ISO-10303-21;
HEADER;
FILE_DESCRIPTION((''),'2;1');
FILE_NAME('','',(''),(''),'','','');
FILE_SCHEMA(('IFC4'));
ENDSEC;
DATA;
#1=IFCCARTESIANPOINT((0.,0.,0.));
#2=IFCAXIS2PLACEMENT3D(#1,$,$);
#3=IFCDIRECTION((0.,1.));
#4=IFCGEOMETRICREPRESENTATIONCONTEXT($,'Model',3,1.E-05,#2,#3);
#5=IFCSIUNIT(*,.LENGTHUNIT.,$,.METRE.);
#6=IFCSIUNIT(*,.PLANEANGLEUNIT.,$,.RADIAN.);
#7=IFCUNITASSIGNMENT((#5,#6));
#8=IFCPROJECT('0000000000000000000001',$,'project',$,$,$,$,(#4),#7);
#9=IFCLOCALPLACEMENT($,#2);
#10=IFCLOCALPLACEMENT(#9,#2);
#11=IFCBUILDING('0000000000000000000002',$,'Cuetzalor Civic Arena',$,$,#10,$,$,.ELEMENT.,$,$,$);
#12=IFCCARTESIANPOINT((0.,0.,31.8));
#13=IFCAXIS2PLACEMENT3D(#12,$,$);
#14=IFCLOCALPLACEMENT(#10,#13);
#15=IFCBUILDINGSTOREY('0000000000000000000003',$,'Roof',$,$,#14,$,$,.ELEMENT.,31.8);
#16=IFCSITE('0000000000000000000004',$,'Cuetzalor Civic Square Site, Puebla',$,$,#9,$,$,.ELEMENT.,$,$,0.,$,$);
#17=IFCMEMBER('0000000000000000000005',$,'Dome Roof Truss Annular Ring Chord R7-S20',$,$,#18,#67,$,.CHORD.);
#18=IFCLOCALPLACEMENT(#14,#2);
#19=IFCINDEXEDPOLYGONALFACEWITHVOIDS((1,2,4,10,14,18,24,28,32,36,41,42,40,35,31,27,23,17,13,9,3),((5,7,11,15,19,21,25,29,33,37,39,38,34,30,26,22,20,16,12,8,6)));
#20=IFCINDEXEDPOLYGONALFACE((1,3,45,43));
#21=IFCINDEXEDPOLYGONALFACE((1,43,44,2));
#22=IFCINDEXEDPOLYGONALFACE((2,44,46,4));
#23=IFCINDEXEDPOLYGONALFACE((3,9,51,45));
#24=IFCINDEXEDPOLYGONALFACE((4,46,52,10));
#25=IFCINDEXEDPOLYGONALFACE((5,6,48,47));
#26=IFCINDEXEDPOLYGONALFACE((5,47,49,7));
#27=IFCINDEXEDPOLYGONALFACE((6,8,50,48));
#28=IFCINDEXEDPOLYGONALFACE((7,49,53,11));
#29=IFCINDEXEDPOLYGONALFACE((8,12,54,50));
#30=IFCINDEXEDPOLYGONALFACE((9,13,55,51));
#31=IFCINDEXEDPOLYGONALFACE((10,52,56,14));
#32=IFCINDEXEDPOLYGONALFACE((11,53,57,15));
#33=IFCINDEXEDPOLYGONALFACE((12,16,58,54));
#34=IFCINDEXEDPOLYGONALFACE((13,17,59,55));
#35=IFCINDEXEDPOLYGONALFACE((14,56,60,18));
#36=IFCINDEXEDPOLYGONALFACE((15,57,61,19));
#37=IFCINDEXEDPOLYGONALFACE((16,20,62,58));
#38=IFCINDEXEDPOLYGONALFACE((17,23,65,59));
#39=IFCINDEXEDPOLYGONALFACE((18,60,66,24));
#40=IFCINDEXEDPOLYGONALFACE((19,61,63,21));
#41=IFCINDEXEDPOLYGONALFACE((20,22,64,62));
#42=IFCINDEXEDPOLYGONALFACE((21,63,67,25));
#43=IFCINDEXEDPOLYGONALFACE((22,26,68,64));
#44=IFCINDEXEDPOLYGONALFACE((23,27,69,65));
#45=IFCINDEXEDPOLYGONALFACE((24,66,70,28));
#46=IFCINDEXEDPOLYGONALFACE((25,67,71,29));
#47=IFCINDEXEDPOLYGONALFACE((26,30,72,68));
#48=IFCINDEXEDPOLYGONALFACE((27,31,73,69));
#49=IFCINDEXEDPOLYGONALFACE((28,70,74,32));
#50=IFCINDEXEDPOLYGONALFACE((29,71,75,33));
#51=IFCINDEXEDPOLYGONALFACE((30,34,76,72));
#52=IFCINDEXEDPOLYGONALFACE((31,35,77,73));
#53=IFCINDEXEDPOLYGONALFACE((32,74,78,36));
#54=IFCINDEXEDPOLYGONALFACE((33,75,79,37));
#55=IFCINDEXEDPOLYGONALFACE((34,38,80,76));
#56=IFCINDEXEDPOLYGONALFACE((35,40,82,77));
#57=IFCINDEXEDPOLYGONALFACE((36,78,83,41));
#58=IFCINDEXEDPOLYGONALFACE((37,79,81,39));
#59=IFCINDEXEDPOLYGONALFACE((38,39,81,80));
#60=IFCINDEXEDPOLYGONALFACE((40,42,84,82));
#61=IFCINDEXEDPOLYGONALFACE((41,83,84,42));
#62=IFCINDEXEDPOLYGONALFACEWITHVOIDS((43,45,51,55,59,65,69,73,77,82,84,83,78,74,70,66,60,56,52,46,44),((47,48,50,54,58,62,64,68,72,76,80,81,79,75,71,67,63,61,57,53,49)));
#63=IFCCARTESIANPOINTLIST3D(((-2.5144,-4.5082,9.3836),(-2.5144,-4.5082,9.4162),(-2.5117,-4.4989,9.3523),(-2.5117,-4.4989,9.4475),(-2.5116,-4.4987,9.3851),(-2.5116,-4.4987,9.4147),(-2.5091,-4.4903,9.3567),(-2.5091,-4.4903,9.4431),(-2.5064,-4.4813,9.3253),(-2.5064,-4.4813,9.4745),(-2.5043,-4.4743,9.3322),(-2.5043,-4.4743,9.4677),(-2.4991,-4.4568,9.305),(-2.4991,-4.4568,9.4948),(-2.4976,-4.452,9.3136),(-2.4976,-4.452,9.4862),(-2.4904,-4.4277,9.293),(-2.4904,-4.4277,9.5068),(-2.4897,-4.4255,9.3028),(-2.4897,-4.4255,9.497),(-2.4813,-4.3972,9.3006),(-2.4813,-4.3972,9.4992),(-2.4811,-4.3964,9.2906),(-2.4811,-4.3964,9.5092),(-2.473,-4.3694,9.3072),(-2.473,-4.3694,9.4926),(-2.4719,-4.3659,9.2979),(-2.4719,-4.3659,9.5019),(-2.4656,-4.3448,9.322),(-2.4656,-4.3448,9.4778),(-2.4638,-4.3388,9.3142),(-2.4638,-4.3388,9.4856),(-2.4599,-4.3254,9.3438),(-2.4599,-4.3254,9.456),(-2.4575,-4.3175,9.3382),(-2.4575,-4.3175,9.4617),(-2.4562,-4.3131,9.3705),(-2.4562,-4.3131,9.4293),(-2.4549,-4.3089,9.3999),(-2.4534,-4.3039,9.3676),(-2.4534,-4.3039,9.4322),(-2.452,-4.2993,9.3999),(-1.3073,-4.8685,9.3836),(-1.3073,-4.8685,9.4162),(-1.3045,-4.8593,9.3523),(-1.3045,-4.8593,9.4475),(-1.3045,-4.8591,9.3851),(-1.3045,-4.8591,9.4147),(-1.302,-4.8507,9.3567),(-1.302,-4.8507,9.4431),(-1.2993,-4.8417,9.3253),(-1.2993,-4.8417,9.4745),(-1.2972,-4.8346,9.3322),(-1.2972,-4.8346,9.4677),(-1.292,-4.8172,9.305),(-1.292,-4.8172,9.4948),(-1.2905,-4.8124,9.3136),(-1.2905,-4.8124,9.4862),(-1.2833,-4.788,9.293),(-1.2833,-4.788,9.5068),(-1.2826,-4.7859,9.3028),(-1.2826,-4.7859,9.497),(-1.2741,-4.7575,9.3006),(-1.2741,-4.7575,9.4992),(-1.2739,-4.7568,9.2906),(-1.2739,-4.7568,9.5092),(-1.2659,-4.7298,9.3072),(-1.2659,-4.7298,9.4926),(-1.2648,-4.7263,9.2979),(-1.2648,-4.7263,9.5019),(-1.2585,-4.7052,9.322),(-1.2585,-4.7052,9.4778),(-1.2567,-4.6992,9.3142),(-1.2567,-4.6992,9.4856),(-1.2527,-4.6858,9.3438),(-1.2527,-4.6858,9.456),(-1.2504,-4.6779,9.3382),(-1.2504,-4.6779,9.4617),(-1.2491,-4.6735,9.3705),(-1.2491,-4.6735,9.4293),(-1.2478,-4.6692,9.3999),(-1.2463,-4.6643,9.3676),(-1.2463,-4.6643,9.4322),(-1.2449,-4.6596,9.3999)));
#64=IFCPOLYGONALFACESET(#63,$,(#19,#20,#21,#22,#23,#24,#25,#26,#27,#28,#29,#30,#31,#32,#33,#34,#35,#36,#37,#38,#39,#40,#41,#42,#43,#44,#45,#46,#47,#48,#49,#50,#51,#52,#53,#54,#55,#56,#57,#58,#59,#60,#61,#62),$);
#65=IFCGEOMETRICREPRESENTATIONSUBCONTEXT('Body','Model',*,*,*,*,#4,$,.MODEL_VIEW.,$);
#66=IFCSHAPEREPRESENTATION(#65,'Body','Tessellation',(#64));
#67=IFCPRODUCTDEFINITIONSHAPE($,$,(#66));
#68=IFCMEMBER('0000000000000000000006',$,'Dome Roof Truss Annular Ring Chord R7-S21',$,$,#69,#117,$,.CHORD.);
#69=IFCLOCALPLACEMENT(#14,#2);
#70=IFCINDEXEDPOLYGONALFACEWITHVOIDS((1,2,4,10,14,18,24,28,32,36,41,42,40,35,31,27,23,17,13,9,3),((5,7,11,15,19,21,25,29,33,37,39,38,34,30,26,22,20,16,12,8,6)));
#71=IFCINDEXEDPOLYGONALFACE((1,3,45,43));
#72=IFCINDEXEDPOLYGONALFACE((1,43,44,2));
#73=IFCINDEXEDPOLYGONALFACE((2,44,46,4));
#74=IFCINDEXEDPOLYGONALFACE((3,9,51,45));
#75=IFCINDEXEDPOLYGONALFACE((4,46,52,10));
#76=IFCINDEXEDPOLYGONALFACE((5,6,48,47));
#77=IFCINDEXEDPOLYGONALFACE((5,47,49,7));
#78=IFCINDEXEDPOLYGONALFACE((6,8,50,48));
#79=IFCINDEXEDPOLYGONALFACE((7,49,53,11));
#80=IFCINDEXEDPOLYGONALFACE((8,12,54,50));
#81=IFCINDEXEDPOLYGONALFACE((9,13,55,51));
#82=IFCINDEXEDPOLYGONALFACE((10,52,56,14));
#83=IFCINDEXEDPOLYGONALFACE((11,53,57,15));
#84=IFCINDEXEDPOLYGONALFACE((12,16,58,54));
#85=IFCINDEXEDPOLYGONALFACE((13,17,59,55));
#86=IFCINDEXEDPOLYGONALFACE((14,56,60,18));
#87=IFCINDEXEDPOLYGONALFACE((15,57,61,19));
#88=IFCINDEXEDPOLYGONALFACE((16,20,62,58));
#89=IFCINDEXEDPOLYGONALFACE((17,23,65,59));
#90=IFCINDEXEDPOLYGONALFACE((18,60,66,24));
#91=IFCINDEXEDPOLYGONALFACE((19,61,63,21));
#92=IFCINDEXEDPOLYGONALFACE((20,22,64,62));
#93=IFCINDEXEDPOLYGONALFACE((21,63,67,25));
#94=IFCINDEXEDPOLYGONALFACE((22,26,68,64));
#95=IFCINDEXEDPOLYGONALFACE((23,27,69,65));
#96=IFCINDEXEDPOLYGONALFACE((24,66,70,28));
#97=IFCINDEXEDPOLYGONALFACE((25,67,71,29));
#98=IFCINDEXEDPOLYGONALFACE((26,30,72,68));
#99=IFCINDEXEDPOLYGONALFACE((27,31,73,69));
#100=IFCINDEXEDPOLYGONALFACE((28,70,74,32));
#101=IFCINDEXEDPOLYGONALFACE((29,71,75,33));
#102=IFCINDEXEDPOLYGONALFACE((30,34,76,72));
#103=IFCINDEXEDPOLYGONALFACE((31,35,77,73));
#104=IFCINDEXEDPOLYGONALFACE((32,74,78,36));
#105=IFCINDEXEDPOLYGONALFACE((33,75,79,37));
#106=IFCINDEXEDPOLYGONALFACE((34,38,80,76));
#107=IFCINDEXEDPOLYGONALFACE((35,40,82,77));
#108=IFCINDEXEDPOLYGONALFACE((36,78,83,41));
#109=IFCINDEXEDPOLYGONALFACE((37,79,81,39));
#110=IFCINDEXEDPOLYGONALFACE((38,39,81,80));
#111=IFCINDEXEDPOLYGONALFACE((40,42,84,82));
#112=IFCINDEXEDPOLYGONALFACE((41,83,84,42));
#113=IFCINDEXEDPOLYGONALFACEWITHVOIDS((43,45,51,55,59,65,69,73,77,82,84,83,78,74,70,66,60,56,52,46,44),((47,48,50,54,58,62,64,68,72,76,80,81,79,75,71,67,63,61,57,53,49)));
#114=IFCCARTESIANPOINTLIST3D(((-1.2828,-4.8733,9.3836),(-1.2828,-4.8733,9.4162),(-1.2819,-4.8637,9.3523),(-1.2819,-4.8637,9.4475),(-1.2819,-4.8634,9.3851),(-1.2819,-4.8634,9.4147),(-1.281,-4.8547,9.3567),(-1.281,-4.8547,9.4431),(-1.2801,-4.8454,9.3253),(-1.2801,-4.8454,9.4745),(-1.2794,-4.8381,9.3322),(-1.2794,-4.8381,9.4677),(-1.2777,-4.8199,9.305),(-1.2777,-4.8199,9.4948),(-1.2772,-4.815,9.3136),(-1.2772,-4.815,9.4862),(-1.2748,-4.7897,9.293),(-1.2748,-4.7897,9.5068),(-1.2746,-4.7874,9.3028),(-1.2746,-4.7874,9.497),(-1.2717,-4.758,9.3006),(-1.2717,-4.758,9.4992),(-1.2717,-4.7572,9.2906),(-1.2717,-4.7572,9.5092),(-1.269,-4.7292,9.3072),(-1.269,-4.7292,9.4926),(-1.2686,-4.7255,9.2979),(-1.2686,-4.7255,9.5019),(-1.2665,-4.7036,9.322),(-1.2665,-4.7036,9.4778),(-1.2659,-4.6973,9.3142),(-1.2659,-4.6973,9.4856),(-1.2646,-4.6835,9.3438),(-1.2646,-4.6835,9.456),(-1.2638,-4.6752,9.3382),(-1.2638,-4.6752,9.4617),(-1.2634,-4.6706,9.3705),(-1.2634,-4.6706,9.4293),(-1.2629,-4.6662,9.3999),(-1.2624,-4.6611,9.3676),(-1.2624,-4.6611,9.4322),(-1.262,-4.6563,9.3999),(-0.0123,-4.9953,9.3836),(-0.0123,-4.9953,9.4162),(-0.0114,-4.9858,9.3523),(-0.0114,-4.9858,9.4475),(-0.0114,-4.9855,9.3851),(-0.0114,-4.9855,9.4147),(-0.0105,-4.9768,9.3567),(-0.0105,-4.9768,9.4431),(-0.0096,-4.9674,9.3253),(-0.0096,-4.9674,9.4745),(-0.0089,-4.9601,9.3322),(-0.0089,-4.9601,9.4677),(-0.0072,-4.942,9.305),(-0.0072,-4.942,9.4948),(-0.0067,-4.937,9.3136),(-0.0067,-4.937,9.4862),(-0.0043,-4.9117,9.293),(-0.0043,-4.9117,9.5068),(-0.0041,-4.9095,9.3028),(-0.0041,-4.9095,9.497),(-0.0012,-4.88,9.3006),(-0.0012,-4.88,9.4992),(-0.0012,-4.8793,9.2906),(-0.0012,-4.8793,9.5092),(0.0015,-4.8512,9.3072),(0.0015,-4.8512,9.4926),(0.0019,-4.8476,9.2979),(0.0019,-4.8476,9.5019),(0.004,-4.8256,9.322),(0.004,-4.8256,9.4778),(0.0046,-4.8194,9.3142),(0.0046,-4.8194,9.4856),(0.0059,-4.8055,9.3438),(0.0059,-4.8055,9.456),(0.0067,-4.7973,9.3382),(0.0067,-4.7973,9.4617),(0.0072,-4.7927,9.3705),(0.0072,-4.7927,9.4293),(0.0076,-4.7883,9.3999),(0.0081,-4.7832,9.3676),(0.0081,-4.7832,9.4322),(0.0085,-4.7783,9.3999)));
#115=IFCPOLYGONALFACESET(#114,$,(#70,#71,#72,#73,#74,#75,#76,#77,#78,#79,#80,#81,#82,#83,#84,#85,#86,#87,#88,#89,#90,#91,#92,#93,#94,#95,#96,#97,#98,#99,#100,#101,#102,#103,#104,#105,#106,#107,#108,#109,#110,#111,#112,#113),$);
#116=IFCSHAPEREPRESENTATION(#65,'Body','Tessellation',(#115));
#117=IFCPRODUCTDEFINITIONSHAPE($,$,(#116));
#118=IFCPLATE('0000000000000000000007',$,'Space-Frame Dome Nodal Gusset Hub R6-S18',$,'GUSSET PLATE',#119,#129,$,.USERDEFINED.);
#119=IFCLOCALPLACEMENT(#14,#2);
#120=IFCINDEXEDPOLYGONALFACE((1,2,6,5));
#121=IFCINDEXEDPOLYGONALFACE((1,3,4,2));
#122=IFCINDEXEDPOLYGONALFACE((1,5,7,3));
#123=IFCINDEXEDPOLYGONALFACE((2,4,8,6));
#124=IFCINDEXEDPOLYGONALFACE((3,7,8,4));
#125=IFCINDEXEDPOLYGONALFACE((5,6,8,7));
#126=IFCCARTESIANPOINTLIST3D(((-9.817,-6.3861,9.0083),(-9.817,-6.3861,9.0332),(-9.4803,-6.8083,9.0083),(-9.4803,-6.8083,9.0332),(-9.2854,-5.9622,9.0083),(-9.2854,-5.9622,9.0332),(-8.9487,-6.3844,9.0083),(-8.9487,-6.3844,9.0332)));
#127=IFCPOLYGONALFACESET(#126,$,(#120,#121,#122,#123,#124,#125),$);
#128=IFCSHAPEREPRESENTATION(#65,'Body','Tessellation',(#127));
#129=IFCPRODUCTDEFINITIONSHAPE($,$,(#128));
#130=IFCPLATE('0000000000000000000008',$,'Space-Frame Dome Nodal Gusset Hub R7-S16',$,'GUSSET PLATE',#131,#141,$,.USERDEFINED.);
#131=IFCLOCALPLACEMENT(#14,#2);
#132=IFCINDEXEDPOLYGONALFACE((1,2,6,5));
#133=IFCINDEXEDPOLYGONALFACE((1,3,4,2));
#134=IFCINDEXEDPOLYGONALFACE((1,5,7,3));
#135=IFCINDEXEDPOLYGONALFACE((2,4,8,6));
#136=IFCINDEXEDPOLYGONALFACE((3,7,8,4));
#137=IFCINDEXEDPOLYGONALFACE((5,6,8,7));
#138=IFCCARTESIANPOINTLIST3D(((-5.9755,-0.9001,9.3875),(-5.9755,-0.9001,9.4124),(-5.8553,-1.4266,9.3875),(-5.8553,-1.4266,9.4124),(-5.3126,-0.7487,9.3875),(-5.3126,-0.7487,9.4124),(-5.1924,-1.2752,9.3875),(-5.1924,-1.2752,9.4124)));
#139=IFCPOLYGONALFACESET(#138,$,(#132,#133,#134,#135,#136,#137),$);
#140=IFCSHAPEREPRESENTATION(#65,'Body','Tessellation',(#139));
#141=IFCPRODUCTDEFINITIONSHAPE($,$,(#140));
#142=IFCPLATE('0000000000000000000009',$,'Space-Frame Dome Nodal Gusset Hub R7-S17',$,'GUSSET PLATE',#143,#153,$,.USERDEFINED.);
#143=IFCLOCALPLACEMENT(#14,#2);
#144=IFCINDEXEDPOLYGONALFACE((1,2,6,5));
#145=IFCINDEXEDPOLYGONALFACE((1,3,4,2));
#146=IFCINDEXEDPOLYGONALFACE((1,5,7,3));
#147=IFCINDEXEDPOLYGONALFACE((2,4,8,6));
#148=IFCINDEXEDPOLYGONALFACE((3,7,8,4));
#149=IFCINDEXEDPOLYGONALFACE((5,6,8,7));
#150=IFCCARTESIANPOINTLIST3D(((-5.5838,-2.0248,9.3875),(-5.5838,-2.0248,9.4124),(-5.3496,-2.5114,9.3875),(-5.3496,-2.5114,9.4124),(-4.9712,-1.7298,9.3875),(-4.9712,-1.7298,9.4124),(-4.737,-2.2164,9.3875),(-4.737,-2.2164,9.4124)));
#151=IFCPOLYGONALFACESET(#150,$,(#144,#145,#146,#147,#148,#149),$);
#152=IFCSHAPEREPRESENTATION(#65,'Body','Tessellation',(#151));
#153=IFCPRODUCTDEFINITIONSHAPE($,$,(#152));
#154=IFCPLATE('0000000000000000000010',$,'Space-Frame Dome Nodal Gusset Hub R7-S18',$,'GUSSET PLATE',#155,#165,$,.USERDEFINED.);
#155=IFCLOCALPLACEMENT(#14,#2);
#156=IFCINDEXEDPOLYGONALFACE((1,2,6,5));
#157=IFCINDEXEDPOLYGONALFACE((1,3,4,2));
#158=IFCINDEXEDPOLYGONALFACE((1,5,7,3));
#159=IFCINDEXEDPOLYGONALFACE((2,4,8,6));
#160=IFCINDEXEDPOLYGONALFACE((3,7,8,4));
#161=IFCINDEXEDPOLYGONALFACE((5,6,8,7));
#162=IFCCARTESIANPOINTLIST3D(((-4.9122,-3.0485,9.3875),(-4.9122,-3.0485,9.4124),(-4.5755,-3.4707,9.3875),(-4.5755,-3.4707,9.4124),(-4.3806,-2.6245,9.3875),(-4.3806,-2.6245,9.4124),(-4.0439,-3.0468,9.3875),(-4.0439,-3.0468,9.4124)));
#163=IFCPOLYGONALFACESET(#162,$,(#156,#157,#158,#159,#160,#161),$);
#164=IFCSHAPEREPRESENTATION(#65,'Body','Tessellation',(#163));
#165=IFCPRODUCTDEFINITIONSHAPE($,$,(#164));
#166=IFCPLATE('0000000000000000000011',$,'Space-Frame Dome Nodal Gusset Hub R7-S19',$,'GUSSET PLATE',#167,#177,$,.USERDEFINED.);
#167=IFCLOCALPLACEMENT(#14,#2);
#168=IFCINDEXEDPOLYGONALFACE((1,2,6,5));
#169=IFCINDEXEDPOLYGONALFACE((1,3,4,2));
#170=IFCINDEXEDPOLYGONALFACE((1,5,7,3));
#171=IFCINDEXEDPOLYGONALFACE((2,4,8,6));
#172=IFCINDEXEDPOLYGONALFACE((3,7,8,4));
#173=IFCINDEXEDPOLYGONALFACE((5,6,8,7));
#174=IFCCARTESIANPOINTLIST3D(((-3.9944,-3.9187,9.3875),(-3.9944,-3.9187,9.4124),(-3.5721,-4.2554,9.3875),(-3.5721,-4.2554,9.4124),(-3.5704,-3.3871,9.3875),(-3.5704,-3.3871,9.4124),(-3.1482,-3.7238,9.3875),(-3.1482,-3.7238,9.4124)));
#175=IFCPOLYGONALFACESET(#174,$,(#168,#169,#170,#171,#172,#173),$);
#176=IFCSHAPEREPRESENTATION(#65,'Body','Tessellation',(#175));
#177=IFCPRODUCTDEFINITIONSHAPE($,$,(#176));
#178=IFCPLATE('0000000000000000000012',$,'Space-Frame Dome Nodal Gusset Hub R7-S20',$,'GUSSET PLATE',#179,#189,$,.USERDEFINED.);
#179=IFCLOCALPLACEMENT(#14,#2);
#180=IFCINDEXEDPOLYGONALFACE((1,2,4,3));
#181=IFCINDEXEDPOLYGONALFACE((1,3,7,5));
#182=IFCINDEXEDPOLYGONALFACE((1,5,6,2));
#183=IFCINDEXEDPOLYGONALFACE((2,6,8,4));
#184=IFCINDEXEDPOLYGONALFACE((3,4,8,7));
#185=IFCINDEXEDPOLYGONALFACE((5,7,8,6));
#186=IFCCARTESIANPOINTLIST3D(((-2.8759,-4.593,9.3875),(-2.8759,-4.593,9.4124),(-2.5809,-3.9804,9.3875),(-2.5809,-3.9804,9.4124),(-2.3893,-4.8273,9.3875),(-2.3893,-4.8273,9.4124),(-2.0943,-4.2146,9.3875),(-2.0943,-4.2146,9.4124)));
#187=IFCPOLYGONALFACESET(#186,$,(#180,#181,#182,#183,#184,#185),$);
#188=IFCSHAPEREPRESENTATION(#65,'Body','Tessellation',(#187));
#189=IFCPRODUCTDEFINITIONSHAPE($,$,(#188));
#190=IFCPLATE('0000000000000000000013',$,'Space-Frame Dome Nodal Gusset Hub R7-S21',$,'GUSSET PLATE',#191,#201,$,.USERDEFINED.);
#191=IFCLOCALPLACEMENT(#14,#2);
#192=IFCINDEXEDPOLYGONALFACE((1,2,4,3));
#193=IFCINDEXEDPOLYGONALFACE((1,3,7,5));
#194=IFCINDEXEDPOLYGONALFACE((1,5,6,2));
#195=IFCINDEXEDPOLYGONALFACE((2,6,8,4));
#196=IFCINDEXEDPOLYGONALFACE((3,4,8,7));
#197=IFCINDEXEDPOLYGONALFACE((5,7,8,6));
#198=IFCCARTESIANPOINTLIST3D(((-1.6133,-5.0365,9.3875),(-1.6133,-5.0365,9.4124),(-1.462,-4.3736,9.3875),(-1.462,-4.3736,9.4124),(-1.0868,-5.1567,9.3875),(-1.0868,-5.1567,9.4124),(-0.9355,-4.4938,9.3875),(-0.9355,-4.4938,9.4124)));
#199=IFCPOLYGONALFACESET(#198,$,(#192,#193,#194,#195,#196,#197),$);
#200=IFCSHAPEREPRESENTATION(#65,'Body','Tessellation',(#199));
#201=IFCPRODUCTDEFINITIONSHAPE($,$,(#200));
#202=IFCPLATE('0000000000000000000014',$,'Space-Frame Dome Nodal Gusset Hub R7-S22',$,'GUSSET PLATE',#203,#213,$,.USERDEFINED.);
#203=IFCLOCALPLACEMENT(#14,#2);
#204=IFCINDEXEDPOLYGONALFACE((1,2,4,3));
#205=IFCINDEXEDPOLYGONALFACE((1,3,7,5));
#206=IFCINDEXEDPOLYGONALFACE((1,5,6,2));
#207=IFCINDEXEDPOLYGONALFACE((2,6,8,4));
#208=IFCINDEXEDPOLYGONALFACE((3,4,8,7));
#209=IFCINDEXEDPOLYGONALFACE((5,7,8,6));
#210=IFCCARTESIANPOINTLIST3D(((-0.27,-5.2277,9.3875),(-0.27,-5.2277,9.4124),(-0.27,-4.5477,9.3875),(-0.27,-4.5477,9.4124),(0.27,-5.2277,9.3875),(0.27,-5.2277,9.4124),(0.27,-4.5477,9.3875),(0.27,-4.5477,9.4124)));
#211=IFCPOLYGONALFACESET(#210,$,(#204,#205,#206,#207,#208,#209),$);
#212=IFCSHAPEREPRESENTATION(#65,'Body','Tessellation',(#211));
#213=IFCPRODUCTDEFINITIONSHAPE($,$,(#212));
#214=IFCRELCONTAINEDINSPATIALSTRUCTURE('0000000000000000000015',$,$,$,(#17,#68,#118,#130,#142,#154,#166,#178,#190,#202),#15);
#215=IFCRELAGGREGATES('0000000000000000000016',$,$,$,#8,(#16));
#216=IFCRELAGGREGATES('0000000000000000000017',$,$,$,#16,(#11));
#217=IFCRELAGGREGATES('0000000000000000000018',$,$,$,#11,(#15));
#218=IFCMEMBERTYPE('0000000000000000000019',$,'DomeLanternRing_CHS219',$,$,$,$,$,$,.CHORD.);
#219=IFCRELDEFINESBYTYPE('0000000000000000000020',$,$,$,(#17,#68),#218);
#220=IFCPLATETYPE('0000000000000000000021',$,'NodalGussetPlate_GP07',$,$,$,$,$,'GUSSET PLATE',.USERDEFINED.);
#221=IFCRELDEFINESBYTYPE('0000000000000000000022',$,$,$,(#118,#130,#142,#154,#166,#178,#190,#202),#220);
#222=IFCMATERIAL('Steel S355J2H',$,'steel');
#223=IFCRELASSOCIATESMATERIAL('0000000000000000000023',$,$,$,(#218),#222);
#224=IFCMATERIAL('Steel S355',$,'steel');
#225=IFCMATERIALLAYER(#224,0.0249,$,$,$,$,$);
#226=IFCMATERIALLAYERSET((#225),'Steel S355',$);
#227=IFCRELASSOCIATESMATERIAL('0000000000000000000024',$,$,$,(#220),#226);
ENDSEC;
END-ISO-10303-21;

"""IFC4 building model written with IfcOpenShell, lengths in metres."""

from ifc_helpers import new_model, si_unit, direction, frame, origin, origin_2d, place, context, subcontext, project, spatial, rectangle, hollow_circle, extrude, material, layer, layer_set, material_profile, profile_set, type_object, element, save


model = new_model("IFC4")

# Units and contexts
model_context = context("Model", 3, precision=1e-05, world=origin(), true_north=direction((0.0, 1.0)))
body_context = subcontext(model_context, "Body", "Model", "MODEL_VIEW")
ifc_project = project(units=[si_unit("LENGTHUNIT", "METRE"), si_unit("PLANEANGLEUNIT", "RADIAN")], contexts=[model_context])

# Site, building, storey
site_placement = place(None, origin())
site = spatial("IfcSite", under=ifc_project, at=site_placement, Name="Cuetzalor Civic Square Site, Puebla", CompositionType="ELEMENT", RefElevation=0.0)
building_placement = place(site_placement, origin())
building = spatial("IfcBuilding", under=site, at=building_placement, Name="Cuetzalor Civic Arena", CompositionType="ELEMENT")
storey_placement = place(building_placement, frame((0.0, 0.0, 31.8)))
storey = spatial("IfcBuildingStorey", under=building, at=storey_placement, Name="Roof", CompositionType="ELEMENT", Elevation=31.8)

# Members
ifc_material_1 = material(Name="Steel S355J2H", Category="steel")
ifc_material_profile_1 = material_profile(ifc_material_1, hollow_circle(Radius=0.1096, WallThickness=0.01, at=origin_2d()), Name="CHS 219.1x10")
ifc_profile_set_1 = profile_set([ifc_material_profile_1], Name="Steel S355J2H")
member_type_1 = type_object("IfcMemberType", Name="DomeLanternRing_CHS219", PredefinedType="CHORD", material=ifc_profile_set_1)
member_1_placement = place(storey_placement, frame((-2.4834, -4.4043, 9.3999), z_axis=(0.958209, -0.286067, 0.0), x_axis=(0.286067, 0.958209, 0.0)))
element("IfcMember", 1, at=member_1_placement, inside=storey, type_object=member_type_1, Name="Dome Roof Truss Annular Ring Chord R7-S20", PredefinedType="CHORD", context=body_context, shape_type="SweptSolid", body=[
    extrude(hollow_circle(Radius=0.1096, WallThickness=0.01, at=origin_2d()), origin(), (0.0, 0.0, 1.0), 1.2598),
])
member_2_placement = place(storey_placement, frame((-1.2725, -4.7654, 9.3999), z_axis=(0.995416, -0.09564, 0.0), x_axis=(0.09564, 0.995416, 0.0)))
element("IfcMember", 2, at=member_2_placement, inside=storey, type_object=member_type_1, Name="Dome Roof Truss Annular Ring Chord R7-S21", PredefinedType="CHORD", context=body_context, shape_type="SweptSolid", body=[
    extrude(hollow_circle(Radius=0.1096, WallThickness=0.01, at=origin_2d()), origin(), (0.0, 0.0, 1.0), 1.2764),
])

# Plates
ifc_material_2 = material(Name="Steel S355", Category="steel")
ifc_layer_1 = layer(ifc_material_2, 0.0249)
ifc_layer_set_1 = layer_set([ifc_layer_1], Name="Steel S355")
plate_type = type_object("IfcPlateType", Name="NodalGussetPlate_GP07", ElementType="GUSSET PLATE", PredefinedType="USERDEFINED", material=ifc_layer_set_1)
for number, where, z_axis, x_axis, name in (
    (3, (-9.3828, -6.3853, 9.0083), (0.0, 0.0, 1.0), (-0.781847, -0.62347, 0.0), "Space-Frame Dome Nodal Gusset Hub R6-S18"),
    (4, (-5.584, -1.0876, 9.3875), (0.0, 0.0, 1.0), (-0.974917, -0.22257, 0.0), "Space-Frame Dome Nodal Gusset Hub R7-S16"),
    (5, (-5.1604, -2.1206, 9.3875), (0.0, 0.0, 1.0), (-0.901001, -0.433816, 0.0), "Space-Frame Dome Nodal Gusset Hub R7-S17"),
    (6, (-4.478, -3.0476, 9.3875), (0.0, 0.0, 1.0), (-0.781847, -0.62347, 0.0), "Space-Frame Dome Nodal Gusset Hub R7-S18"),
    (7, (-3.5713, -3.8213, 9.3875), (0.0, 0.0, 1.0), (-0.62347, -0.781847, 0.0), "Space-Frame Dome Nodal Gusset Hub R7-S19"),
    (8, (-2.4851, -4.4038, 9.3875), (0.0, 0.0, 1.0), (-0.433816, -0.901001, 0.0), "Space-Frame Dome Nodal Gusset Hub R7-S20"),
    (9, (-1.2744, -4.7651, 9.3875), (0.0, 0.0, 1.0), (-0.22257, -0.974917, 0.0), "Space-Frame Dome Nodal Gusset Hub R7-S21"),
    (10, (0.0, -4.8877, 9.3875), (0.0, 0.0, 1.0), (0.0, -1.0, 0.0), "Space-Frame Dome Nodal Gusset Hub R7-S22"),
):
    element("IfcPlate", number, at=place(storey_placement, frame(where, z_axis=z_axis, x_axis=x_axis)), inside=storey, type_object=plate_type, Name=name, ObjectType="GUSSET PLATE", PredefinedType="USERDEFINED", context=body_context, shape_type="SweptSolid", body=[
        extrude(rectangle(XDim=0.6799, YDim=0.54, at=origin_2d()), origin(), (0.0, 0.0, 1.0), 0.0249),
    ])

save(model, "model.ifc")
